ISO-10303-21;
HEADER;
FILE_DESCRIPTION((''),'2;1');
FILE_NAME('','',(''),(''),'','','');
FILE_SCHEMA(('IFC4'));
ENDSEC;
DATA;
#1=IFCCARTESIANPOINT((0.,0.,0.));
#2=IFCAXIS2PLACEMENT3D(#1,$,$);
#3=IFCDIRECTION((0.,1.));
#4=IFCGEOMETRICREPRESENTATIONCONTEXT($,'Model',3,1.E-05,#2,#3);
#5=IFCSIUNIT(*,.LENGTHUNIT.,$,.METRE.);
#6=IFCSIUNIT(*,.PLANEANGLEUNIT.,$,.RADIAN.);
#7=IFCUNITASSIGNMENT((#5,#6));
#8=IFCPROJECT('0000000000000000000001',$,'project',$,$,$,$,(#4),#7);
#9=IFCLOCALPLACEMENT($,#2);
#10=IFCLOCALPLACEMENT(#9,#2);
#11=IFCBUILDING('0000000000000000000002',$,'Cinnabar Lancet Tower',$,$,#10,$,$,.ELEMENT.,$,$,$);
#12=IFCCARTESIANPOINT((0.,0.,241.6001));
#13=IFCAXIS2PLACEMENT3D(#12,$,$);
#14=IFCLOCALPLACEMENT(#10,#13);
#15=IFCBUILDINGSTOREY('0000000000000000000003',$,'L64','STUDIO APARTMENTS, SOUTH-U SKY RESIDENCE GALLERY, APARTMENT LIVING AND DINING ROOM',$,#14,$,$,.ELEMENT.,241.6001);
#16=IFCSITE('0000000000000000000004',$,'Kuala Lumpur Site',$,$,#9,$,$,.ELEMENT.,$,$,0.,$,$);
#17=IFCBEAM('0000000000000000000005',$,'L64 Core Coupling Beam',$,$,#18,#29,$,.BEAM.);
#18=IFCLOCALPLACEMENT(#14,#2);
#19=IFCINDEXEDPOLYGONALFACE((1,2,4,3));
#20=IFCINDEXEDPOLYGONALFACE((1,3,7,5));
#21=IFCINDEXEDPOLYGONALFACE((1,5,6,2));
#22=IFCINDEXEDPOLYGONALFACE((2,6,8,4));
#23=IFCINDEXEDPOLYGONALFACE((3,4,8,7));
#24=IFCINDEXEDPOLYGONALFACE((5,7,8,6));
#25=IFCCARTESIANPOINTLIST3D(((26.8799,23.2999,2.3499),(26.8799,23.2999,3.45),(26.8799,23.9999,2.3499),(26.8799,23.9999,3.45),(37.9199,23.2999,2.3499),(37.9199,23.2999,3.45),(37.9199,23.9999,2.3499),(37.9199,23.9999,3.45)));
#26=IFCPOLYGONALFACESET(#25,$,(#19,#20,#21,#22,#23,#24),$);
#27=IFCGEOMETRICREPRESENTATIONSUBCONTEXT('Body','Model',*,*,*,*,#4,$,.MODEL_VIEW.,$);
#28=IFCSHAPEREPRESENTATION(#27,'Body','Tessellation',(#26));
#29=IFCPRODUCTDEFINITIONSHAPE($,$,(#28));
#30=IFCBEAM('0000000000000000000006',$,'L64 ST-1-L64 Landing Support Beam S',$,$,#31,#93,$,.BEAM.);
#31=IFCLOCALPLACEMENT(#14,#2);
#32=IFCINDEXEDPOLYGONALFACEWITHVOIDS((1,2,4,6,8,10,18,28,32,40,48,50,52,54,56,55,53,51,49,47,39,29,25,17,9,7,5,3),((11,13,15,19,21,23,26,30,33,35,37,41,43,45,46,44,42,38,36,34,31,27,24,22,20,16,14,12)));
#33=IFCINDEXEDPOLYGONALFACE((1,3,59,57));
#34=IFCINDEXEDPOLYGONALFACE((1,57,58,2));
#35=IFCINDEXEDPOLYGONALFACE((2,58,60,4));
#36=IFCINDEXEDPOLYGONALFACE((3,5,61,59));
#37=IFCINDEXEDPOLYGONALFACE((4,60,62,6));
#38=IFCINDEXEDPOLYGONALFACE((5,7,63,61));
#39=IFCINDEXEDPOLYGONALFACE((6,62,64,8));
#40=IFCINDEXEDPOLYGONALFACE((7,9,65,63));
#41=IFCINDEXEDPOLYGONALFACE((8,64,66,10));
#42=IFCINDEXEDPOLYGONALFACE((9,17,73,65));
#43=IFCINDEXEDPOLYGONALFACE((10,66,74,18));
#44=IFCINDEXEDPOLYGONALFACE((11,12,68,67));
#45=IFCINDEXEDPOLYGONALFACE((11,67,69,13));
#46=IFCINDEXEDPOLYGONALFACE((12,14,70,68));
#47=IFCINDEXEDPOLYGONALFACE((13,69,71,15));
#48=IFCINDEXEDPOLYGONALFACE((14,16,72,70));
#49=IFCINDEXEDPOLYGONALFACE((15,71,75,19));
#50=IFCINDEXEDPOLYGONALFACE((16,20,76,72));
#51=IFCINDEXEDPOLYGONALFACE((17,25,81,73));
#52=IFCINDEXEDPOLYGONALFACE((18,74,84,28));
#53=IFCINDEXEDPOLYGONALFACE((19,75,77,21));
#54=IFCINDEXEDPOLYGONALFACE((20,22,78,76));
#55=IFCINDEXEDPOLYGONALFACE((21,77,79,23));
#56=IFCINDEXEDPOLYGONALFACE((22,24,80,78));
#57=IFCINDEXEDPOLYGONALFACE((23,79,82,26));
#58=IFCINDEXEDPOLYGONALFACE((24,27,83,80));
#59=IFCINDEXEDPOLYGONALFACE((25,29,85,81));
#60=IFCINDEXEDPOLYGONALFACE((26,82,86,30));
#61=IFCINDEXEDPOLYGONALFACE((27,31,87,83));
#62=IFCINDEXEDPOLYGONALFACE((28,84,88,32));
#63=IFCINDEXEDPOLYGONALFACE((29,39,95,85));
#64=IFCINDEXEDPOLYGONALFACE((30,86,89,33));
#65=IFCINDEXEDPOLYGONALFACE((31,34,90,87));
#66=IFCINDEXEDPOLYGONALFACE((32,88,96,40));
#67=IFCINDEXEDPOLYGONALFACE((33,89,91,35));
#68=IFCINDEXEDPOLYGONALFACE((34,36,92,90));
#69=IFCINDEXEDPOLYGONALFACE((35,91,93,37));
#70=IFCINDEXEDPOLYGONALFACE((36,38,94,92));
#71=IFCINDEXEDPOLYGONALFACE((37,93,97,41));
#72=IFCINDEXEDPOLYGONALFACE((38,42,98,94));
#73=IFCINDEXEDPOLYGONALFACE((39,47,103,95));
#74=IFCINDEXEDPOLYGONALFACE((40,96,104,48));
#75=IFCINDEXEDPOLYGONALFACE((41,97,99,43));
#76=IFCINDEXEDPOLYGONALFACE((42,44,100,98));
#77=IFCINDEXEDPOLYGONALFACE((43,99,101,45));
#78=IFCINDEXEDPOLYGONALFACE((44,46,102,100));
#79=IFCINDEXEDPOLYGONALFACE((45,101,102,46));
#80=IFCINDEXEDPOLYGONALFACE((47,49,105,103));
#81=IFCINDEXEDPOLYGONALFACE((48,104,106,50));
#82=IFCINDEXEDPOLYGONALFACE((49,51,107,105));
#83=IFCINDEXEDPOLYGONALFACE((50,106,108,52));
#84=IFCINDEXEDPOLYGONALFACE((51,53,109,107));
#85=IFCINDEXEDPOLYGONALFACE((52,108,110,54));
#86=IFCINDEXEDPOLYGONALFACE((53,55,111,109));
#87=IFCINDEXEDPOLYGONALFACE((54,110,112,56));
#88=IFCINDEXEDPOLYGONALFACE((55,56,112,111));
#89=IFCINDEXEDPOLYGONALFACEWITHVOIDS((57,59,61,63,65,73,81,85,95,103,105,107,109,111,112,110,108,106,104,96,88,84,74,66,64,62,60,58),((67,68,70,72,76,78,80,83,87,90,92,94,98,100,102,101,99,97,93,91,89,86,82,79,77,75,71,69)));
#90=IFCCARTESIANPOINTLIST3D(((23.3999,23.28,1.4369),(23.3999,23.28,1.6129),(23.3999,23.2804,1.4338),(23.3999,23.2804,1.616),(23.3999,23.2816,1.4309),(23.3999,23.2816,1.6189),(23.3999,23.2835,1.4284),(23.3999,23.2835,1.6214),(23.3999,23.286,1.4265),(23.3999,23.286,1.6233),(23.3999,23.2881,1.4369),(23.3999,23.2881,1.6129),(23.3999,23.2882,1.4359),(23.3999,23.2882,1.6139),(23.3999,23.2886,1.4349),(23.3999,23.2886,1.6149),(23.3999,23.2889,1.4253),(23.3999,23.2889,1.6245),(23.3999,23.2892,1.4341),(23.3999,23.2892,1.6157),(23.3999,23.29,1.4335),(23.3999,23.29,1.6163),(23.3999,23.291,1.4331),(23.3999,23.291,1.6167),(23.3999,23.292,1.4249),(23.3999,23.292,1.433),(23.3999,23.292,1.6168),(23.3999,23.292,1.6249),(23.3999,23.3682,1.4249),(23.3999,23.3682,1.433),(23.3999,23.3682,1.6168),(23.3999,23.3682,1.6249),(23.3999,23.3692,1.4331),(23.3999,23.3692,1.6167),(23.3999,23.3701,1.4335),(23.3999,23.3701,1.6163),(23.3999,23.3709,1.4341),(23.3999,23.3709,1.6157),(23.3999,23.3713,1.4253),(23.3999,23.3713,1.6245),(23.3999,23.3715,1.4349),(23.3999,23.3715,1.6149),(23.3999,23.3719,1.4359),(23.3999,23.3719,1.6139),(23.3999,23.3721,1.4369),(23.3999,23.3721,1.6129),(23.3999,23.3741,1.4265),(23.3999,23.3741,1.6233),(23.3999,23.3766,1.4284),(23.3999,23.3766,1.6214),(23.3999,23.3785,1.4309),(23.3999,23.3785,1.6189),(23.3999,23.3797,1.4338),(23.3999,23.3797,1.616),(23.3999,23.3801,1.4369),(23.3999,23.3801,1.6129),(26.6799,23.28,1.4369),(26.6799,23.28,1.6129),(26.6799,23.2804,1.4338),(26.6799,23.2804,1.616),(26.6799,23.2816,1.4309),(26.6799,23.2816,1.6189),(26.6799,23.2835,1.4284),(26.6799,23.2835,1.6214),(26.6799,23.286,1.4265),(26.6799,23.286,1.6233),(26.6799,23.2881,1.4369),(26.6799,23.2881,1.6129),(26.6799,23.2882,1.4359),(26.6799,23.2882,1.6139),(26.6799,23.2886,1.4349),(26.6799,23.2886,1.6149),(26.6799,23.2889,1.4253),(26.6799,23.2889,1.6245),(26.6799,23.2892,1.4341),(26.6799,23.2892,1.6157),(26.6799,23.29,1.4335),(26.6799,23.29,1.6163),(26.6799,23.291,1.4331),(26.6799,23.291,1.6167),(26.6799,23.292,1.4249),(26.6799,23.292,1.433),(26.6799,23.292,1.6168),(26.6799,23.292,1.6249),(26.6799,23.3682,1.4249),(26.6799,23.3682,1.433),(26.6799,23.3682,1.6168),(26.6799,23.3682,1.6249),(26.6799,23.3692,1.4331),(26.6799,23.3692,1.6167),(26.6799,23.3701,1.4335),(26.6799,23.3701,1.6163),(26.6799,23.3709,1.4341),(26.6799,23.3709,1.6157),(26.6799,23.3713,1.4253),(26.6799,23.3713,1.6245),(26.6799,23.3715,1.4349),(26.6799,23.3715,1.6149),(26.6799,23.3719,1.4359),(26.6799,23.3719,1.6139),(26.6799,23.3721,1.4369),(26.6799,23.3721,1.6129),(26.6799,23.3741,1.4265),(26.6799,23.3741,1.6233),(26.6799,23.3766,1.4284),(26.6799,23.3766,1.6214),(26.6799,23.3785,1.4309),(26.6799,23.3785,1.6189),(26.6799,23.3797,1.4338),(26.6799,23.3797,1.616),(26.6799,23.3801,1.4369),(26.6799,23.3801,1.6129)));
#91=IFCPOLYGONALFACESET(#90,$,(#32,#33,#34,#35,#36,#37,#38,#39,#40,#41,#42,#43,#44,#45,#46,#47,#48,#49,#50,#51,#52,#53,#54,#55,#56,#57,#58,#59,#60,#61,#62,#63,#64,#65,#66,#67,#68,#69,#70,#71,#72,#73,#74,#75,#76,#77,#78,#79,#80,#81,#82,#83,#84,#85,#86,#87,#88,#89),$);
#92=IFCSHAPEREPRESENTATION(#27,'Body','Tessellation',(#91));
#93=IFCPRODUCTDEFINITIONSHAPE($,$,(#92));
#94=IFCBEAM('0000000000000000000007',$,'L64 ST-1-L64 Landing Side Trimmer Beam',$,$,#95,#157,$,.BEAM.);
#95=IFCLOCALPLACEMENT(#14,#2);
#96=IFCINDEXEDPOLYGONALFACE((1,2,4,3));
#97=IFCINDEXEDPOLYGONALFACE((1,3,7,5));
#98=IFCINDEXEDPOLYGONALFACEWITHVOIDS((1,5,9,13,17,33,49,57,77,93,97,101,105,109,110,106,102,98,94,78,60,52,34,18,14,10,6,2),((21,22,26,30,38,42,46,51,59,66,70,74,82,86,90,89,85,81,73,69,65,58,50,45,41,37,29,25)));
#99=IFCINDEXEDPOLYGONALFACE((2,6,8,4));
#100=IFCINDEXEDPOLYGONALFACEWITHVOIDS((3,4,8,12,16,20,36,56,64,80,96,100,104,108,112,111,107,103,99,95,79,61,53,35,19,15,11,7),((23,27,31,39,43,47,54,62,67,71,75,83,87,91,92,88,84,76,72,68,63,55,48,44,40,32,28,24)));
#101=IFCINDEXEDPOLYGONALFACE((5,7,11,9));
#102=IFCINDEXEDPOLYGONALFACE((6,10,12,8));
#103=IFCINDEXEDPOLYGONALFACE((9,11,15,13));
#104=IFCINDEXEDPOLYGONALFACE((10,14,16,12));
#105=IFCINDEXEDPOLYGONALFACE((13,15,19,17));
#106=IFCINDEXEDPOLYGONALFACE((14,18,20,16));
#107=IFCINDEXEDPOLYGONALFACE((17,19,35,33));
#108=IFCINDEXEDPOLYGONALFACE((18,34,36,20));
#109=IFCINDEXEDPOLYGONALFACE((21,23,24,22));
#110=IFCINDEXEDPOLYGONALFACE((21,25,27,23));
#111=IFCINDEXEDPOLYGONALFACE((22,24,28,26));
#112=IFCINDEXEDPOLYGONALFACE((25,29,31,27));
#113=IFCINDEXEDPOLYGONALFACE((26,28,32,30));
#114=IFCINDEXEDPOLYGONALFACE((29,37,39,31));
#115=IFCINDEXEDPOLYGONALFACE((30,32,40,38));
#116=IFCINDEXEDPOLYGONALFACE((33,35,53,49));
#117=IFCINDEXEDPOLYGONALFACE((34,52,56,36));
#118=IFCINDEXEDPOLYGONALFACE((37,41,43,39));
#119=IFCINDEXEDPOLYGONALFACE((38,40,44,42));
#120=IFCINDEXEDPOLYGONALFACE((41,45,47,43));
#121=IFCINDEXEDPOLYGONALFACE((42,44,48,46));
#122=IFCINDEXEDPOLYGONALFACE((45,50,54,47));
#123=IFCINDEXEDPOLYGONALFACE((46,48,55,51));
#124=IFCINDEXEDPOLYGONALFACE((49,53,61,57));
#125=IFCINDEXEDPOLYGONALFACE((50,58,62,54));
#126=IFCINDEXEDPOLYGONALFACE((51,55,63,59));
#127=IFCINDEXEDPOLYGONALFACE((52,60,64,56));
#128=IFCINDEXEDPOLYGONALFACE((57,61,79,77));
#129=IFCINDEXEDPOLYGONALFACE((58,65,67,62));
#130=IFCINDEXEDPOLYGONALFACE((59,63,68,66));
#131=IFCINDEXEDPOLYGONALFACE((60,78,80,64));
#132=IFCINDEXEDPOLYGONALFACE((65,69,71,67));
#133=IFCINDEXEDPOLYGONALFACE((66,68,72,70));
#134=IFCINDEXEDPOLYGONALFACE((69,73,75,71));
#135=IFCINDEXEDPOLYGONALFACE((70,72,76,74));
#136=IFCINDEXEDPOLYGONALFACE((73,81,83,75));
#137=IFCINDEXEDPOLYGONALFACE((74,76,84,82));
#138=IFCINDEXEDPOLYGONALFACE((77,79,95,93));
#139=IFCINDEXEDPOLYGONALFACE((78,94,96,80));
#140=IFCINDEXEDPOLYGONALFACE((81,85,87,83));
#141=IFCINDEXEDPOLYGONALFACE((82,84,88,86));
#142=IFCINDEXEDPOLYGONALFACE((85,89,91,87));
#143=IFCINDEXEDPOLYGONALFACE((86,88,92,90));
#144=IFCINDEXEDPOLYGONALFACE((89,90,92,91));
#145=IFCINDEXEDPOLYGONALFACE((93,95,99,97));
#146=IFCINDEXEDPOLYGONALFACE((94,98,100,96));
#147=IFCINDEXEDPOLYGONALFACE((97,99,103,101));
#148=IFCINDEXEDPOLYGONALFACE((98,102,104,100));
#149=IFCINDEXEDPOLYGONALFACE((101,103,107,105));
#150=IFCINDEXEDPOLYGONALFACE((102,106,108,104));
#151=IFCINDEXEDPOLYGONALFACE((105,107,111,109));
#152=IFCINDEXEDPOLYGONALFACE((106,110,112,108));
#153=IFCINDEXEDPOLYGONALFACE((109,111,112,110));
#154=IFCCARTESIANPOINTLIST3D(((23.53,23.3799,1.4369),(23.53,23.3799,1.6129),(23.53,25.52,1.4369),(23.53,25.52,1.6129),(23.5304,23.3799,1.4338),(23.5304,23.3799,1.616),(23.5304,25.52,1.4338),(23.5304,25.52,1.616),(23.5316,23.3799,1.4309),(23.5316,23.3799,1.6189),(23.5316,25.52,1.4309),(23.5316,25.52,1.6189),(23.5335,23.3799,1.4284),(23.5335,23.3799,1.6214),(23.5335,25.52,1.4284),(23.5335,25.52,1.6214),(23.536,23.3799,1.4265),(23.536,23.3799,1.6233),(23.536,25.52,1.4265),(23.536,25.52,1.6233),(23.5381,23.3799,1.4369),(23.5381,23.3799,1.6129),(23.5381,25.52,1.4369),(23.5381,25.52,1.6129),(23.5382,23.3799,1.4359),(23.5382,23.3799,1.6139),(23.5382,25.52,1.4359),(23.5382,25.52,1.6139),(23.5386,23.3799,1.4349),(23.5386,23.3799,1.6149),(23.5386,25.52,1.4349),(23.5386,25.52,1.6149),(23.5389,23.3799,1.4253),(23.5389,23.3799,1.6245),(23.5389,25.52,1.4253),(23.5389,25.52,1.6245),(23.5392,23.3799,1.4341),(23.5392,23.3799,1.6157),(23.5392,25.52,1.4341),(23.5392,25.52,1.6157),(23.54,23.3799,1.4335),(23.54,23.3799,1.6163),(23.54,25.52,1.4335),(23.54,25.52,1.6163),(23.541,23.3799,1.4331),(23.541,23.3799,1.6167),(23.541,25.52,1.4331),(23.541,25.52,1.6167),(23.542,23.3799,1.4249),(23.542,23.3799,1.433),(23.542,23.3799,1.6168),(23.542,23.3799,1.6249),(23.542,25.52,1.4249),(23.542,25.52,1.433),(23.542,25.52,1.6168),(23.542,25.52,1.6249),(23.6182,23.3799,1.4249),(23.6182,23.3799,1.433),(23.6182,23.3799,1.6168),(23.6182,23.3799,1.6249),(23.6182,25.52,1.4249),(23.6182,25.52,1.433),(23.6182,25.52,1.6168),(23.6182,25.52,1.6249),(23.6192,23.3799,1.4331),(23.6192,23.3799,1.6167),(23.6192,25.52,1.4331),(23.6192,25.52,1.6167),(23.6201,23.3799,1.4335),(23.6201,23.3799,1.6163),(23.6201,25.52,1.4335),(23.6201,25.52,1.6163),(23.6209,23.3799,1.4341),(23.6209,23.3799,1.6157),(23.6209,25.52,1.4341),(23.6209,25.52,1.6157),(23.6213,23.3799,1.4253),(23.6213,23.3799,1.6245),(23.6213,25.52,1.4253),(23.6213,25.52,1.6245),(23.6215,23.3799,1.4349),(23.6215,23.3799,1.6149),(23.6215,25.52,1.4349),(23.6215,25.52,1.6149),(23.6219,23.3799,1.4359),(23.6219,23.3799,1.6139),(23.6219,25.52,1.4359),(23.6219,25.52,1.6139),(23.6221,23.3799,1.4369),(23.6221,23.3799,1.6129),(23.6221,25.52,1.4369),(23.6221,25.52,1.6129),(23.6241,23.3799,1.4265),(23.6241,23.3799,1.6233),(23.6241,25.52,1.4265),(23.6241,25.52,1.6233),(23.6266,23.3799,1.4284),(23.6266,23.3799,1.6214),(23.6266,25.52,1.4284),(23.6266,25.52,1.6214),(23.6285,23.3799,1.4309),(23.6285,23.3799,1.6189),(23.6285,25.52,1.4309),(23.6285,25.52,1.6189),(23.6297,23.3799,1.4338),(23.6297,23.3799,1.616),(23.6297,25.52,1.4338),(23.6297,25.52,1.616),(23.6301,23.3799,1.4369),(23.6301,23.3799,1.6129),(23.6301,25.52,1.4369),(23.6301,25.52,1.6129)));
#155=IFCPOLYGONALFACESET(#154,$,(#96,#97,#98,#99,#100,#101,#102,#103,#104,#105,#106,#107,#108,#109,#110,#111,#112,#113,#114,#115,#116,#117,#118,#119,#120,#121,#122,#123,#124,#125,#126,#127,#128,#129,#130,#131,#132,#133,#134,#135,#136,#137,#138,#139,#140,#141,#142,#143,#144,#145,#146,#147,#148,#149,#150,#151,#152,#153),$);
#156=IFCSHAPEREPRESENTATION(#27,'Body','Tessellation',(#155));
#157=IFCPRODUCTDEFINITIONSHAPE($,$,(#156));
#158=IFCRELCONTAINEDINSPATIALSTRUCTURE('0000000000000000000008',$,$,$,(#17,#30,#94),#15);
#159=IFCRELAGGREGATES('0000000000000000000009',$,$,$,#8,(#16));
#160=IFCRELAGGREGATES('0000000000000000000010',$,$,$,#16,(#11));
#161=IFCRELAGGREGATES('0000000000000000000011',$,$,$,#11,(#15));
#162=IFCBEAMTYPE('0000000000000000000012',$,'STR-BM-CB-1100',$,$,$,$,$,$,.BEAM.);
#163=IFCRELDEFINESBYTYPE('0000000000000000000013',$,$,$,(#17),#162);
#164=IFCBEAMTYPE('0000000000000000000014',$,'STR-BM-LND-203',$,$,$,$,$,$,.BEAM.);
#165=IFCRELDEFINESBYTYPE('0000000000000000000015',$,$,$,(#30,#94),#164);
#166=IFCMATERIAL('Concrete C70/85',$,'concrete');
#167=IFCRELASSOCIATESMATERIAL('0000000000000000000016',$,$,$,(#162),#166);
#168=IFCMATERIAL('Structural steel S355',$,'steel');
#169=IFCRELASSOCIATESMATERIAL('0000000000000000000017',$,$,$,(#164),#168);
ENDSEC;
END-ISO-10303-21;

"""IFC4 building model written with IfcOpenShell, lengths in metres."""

from ifc_helpers import new_model, si_unit, direction, frame, origin, origin_2d, place, context, subcontext, project, spatial, rectangle, hollow_rectangle, extrude, material, material_profile, profile_set, type_object, element, save


model = new_model("IFC4")

# Units and contexts
model_context = context("Model", 3, precision=1e-05, world=origin(), true_north=direction((0.0, 1.0)))
body_context = subcontext(model_context, "Body", "Model", "MODEL_VIEW")
ifc_project = project(units=[si_unit("LENGTHUNIT", "METRE"), si_unit("PLANEANGLEUNIT", "RADIAN")], contexts=[model_context])

# Site, building, storey
site_placement = place(None, origin())
site = spatial("IfcSite", under=ifc_project, at=site_placement, Name="Kuala Lumpur Site", CompositionType="ELEMENT", RefElevation=0.0)
building_placement = place(site_placement, origin())
building = spatial("IfcBuilding", under=site, at=building_placement, Name="Cinnabar Lancet Tower", CompositionType="ELEMENT")
storey_placement = place(building_placement, frame((0.0, 0.0, 241.6001)))
storey = spatial("IfcBuildingStorey", under=building, at=storey_placement, Name="L64", Description="STUDIO APARTMENTS, SOUTH-U SKY RESIDENCE GALLERY, APARTMENT LIVING AND DINING ROOM", CompositionType="ELEMENT", Elevation=241.6001)

# Beams
ifc_material_1 = material(Name="Concrete C70/85", Category="concrete")
ifc_material_profile_1 = material_profile(ifc_material_1, rectangle(XDim=0.7, YDim=1.1001, at=origin_2d()), Name="RC-CB 700x1100")
ifc_profile_set_1 = profile_set([ifc_material_profile_1], Name="Concrete C70/85")
beam_type_1 = type_object("IfcBeamType", Name="STR-BM-CB-1100", PredefinedType="BEAM", material=ifc_profile_set_1)
beam_1_placement = place(storey_placement, frame((26.8799, 23.6499, 2.8999), z_axis=(1.0, 0.0, 0.0), x_axis=(0.0, 1.0, 0.0)))
element("IfcBeam", 1, at=beam_1_placement, inside=storey, type_object=beam_type_1, Name="L64 Core Coupling Beam", PredefinedType="BEAM", context=body_context, shape_type="SweptSolid", body=[
    extrude(rectangle(XDim=0.7, YDim=1.1001, at=origin_2d()), origin(), (0.0, 0.0, 1.0), 11.04),
])
ifc_material_2 = material(Name="Structural steel S355", Category="steel")
ifc_material_profile_2 = material_profile(ifc_material_2, hollow_rectangle(XDim=0.1001, YDim=0.2, WallThickness=0.0081, InnerFilletRadius=0.0039, OuterFilletRadius=0.012, at=origin_2d()), Name="RHS 200x100x8")
ifc_profile_set_2 = profile_set([ifc_material_profile_2], Name="Structural steel S355")
beam_type_2 = type_object("IfcBeamType", Name="STR-BM-LND-203", PredefinedType="BEAM", material=ifc_profile_set_2)
beam_2_placement = place(storey_placement, frame((23.3999, 23.3301, 1.5249), z_axis=(1.0, 0.0, 0.0), x_axis=(0.0, 1.0, 0.0)))
element("IfcBeam", 2, at=beam_2_placement, inside=storey, type_object=beam_type_2, Name="L64 ST-1-L64 Landing Support Beam S", PredefinedType="BEAM", context=body_context, shape_type="SweptSolid", body=[
    extrude(hollow_rectangle(XDim=0.1001, YDim=0.2, WallThickness=0.0081, InnerFilletRadius=0.0039, OuterFilletRadius=0.012, at=origin_2d()), origin(), (0.0, 0.0, 1.0), 3.28),
])
beam_3_placement = place(storey_placement, frame((23.5801, 23.3799, 1.5249), z_axis=(0.0, 1.0, 0.0), x_axis=(-1.0, 0.0, 0.0)))
element("IfcBeam", 3, at=beam_3_placement, inside=storey, type_object=beam_type_2, Name="L64 ST-1-L64 Landing Side Trimmer Beam", PredefinedType="BEAM", context=body_context, shape_type="SweptSolid", body=[
    extrude(hollow_rectangle(XDim=0.1001, YDim=0.2, WallThickness=0.0081, InnerFilletRadius=0.0039, OuterFilletRadius=0.012, at=origin_2d()), origin(), (0.0, 0.0, 1.0), 2.1401),
])

save(model, "model.ifc")
